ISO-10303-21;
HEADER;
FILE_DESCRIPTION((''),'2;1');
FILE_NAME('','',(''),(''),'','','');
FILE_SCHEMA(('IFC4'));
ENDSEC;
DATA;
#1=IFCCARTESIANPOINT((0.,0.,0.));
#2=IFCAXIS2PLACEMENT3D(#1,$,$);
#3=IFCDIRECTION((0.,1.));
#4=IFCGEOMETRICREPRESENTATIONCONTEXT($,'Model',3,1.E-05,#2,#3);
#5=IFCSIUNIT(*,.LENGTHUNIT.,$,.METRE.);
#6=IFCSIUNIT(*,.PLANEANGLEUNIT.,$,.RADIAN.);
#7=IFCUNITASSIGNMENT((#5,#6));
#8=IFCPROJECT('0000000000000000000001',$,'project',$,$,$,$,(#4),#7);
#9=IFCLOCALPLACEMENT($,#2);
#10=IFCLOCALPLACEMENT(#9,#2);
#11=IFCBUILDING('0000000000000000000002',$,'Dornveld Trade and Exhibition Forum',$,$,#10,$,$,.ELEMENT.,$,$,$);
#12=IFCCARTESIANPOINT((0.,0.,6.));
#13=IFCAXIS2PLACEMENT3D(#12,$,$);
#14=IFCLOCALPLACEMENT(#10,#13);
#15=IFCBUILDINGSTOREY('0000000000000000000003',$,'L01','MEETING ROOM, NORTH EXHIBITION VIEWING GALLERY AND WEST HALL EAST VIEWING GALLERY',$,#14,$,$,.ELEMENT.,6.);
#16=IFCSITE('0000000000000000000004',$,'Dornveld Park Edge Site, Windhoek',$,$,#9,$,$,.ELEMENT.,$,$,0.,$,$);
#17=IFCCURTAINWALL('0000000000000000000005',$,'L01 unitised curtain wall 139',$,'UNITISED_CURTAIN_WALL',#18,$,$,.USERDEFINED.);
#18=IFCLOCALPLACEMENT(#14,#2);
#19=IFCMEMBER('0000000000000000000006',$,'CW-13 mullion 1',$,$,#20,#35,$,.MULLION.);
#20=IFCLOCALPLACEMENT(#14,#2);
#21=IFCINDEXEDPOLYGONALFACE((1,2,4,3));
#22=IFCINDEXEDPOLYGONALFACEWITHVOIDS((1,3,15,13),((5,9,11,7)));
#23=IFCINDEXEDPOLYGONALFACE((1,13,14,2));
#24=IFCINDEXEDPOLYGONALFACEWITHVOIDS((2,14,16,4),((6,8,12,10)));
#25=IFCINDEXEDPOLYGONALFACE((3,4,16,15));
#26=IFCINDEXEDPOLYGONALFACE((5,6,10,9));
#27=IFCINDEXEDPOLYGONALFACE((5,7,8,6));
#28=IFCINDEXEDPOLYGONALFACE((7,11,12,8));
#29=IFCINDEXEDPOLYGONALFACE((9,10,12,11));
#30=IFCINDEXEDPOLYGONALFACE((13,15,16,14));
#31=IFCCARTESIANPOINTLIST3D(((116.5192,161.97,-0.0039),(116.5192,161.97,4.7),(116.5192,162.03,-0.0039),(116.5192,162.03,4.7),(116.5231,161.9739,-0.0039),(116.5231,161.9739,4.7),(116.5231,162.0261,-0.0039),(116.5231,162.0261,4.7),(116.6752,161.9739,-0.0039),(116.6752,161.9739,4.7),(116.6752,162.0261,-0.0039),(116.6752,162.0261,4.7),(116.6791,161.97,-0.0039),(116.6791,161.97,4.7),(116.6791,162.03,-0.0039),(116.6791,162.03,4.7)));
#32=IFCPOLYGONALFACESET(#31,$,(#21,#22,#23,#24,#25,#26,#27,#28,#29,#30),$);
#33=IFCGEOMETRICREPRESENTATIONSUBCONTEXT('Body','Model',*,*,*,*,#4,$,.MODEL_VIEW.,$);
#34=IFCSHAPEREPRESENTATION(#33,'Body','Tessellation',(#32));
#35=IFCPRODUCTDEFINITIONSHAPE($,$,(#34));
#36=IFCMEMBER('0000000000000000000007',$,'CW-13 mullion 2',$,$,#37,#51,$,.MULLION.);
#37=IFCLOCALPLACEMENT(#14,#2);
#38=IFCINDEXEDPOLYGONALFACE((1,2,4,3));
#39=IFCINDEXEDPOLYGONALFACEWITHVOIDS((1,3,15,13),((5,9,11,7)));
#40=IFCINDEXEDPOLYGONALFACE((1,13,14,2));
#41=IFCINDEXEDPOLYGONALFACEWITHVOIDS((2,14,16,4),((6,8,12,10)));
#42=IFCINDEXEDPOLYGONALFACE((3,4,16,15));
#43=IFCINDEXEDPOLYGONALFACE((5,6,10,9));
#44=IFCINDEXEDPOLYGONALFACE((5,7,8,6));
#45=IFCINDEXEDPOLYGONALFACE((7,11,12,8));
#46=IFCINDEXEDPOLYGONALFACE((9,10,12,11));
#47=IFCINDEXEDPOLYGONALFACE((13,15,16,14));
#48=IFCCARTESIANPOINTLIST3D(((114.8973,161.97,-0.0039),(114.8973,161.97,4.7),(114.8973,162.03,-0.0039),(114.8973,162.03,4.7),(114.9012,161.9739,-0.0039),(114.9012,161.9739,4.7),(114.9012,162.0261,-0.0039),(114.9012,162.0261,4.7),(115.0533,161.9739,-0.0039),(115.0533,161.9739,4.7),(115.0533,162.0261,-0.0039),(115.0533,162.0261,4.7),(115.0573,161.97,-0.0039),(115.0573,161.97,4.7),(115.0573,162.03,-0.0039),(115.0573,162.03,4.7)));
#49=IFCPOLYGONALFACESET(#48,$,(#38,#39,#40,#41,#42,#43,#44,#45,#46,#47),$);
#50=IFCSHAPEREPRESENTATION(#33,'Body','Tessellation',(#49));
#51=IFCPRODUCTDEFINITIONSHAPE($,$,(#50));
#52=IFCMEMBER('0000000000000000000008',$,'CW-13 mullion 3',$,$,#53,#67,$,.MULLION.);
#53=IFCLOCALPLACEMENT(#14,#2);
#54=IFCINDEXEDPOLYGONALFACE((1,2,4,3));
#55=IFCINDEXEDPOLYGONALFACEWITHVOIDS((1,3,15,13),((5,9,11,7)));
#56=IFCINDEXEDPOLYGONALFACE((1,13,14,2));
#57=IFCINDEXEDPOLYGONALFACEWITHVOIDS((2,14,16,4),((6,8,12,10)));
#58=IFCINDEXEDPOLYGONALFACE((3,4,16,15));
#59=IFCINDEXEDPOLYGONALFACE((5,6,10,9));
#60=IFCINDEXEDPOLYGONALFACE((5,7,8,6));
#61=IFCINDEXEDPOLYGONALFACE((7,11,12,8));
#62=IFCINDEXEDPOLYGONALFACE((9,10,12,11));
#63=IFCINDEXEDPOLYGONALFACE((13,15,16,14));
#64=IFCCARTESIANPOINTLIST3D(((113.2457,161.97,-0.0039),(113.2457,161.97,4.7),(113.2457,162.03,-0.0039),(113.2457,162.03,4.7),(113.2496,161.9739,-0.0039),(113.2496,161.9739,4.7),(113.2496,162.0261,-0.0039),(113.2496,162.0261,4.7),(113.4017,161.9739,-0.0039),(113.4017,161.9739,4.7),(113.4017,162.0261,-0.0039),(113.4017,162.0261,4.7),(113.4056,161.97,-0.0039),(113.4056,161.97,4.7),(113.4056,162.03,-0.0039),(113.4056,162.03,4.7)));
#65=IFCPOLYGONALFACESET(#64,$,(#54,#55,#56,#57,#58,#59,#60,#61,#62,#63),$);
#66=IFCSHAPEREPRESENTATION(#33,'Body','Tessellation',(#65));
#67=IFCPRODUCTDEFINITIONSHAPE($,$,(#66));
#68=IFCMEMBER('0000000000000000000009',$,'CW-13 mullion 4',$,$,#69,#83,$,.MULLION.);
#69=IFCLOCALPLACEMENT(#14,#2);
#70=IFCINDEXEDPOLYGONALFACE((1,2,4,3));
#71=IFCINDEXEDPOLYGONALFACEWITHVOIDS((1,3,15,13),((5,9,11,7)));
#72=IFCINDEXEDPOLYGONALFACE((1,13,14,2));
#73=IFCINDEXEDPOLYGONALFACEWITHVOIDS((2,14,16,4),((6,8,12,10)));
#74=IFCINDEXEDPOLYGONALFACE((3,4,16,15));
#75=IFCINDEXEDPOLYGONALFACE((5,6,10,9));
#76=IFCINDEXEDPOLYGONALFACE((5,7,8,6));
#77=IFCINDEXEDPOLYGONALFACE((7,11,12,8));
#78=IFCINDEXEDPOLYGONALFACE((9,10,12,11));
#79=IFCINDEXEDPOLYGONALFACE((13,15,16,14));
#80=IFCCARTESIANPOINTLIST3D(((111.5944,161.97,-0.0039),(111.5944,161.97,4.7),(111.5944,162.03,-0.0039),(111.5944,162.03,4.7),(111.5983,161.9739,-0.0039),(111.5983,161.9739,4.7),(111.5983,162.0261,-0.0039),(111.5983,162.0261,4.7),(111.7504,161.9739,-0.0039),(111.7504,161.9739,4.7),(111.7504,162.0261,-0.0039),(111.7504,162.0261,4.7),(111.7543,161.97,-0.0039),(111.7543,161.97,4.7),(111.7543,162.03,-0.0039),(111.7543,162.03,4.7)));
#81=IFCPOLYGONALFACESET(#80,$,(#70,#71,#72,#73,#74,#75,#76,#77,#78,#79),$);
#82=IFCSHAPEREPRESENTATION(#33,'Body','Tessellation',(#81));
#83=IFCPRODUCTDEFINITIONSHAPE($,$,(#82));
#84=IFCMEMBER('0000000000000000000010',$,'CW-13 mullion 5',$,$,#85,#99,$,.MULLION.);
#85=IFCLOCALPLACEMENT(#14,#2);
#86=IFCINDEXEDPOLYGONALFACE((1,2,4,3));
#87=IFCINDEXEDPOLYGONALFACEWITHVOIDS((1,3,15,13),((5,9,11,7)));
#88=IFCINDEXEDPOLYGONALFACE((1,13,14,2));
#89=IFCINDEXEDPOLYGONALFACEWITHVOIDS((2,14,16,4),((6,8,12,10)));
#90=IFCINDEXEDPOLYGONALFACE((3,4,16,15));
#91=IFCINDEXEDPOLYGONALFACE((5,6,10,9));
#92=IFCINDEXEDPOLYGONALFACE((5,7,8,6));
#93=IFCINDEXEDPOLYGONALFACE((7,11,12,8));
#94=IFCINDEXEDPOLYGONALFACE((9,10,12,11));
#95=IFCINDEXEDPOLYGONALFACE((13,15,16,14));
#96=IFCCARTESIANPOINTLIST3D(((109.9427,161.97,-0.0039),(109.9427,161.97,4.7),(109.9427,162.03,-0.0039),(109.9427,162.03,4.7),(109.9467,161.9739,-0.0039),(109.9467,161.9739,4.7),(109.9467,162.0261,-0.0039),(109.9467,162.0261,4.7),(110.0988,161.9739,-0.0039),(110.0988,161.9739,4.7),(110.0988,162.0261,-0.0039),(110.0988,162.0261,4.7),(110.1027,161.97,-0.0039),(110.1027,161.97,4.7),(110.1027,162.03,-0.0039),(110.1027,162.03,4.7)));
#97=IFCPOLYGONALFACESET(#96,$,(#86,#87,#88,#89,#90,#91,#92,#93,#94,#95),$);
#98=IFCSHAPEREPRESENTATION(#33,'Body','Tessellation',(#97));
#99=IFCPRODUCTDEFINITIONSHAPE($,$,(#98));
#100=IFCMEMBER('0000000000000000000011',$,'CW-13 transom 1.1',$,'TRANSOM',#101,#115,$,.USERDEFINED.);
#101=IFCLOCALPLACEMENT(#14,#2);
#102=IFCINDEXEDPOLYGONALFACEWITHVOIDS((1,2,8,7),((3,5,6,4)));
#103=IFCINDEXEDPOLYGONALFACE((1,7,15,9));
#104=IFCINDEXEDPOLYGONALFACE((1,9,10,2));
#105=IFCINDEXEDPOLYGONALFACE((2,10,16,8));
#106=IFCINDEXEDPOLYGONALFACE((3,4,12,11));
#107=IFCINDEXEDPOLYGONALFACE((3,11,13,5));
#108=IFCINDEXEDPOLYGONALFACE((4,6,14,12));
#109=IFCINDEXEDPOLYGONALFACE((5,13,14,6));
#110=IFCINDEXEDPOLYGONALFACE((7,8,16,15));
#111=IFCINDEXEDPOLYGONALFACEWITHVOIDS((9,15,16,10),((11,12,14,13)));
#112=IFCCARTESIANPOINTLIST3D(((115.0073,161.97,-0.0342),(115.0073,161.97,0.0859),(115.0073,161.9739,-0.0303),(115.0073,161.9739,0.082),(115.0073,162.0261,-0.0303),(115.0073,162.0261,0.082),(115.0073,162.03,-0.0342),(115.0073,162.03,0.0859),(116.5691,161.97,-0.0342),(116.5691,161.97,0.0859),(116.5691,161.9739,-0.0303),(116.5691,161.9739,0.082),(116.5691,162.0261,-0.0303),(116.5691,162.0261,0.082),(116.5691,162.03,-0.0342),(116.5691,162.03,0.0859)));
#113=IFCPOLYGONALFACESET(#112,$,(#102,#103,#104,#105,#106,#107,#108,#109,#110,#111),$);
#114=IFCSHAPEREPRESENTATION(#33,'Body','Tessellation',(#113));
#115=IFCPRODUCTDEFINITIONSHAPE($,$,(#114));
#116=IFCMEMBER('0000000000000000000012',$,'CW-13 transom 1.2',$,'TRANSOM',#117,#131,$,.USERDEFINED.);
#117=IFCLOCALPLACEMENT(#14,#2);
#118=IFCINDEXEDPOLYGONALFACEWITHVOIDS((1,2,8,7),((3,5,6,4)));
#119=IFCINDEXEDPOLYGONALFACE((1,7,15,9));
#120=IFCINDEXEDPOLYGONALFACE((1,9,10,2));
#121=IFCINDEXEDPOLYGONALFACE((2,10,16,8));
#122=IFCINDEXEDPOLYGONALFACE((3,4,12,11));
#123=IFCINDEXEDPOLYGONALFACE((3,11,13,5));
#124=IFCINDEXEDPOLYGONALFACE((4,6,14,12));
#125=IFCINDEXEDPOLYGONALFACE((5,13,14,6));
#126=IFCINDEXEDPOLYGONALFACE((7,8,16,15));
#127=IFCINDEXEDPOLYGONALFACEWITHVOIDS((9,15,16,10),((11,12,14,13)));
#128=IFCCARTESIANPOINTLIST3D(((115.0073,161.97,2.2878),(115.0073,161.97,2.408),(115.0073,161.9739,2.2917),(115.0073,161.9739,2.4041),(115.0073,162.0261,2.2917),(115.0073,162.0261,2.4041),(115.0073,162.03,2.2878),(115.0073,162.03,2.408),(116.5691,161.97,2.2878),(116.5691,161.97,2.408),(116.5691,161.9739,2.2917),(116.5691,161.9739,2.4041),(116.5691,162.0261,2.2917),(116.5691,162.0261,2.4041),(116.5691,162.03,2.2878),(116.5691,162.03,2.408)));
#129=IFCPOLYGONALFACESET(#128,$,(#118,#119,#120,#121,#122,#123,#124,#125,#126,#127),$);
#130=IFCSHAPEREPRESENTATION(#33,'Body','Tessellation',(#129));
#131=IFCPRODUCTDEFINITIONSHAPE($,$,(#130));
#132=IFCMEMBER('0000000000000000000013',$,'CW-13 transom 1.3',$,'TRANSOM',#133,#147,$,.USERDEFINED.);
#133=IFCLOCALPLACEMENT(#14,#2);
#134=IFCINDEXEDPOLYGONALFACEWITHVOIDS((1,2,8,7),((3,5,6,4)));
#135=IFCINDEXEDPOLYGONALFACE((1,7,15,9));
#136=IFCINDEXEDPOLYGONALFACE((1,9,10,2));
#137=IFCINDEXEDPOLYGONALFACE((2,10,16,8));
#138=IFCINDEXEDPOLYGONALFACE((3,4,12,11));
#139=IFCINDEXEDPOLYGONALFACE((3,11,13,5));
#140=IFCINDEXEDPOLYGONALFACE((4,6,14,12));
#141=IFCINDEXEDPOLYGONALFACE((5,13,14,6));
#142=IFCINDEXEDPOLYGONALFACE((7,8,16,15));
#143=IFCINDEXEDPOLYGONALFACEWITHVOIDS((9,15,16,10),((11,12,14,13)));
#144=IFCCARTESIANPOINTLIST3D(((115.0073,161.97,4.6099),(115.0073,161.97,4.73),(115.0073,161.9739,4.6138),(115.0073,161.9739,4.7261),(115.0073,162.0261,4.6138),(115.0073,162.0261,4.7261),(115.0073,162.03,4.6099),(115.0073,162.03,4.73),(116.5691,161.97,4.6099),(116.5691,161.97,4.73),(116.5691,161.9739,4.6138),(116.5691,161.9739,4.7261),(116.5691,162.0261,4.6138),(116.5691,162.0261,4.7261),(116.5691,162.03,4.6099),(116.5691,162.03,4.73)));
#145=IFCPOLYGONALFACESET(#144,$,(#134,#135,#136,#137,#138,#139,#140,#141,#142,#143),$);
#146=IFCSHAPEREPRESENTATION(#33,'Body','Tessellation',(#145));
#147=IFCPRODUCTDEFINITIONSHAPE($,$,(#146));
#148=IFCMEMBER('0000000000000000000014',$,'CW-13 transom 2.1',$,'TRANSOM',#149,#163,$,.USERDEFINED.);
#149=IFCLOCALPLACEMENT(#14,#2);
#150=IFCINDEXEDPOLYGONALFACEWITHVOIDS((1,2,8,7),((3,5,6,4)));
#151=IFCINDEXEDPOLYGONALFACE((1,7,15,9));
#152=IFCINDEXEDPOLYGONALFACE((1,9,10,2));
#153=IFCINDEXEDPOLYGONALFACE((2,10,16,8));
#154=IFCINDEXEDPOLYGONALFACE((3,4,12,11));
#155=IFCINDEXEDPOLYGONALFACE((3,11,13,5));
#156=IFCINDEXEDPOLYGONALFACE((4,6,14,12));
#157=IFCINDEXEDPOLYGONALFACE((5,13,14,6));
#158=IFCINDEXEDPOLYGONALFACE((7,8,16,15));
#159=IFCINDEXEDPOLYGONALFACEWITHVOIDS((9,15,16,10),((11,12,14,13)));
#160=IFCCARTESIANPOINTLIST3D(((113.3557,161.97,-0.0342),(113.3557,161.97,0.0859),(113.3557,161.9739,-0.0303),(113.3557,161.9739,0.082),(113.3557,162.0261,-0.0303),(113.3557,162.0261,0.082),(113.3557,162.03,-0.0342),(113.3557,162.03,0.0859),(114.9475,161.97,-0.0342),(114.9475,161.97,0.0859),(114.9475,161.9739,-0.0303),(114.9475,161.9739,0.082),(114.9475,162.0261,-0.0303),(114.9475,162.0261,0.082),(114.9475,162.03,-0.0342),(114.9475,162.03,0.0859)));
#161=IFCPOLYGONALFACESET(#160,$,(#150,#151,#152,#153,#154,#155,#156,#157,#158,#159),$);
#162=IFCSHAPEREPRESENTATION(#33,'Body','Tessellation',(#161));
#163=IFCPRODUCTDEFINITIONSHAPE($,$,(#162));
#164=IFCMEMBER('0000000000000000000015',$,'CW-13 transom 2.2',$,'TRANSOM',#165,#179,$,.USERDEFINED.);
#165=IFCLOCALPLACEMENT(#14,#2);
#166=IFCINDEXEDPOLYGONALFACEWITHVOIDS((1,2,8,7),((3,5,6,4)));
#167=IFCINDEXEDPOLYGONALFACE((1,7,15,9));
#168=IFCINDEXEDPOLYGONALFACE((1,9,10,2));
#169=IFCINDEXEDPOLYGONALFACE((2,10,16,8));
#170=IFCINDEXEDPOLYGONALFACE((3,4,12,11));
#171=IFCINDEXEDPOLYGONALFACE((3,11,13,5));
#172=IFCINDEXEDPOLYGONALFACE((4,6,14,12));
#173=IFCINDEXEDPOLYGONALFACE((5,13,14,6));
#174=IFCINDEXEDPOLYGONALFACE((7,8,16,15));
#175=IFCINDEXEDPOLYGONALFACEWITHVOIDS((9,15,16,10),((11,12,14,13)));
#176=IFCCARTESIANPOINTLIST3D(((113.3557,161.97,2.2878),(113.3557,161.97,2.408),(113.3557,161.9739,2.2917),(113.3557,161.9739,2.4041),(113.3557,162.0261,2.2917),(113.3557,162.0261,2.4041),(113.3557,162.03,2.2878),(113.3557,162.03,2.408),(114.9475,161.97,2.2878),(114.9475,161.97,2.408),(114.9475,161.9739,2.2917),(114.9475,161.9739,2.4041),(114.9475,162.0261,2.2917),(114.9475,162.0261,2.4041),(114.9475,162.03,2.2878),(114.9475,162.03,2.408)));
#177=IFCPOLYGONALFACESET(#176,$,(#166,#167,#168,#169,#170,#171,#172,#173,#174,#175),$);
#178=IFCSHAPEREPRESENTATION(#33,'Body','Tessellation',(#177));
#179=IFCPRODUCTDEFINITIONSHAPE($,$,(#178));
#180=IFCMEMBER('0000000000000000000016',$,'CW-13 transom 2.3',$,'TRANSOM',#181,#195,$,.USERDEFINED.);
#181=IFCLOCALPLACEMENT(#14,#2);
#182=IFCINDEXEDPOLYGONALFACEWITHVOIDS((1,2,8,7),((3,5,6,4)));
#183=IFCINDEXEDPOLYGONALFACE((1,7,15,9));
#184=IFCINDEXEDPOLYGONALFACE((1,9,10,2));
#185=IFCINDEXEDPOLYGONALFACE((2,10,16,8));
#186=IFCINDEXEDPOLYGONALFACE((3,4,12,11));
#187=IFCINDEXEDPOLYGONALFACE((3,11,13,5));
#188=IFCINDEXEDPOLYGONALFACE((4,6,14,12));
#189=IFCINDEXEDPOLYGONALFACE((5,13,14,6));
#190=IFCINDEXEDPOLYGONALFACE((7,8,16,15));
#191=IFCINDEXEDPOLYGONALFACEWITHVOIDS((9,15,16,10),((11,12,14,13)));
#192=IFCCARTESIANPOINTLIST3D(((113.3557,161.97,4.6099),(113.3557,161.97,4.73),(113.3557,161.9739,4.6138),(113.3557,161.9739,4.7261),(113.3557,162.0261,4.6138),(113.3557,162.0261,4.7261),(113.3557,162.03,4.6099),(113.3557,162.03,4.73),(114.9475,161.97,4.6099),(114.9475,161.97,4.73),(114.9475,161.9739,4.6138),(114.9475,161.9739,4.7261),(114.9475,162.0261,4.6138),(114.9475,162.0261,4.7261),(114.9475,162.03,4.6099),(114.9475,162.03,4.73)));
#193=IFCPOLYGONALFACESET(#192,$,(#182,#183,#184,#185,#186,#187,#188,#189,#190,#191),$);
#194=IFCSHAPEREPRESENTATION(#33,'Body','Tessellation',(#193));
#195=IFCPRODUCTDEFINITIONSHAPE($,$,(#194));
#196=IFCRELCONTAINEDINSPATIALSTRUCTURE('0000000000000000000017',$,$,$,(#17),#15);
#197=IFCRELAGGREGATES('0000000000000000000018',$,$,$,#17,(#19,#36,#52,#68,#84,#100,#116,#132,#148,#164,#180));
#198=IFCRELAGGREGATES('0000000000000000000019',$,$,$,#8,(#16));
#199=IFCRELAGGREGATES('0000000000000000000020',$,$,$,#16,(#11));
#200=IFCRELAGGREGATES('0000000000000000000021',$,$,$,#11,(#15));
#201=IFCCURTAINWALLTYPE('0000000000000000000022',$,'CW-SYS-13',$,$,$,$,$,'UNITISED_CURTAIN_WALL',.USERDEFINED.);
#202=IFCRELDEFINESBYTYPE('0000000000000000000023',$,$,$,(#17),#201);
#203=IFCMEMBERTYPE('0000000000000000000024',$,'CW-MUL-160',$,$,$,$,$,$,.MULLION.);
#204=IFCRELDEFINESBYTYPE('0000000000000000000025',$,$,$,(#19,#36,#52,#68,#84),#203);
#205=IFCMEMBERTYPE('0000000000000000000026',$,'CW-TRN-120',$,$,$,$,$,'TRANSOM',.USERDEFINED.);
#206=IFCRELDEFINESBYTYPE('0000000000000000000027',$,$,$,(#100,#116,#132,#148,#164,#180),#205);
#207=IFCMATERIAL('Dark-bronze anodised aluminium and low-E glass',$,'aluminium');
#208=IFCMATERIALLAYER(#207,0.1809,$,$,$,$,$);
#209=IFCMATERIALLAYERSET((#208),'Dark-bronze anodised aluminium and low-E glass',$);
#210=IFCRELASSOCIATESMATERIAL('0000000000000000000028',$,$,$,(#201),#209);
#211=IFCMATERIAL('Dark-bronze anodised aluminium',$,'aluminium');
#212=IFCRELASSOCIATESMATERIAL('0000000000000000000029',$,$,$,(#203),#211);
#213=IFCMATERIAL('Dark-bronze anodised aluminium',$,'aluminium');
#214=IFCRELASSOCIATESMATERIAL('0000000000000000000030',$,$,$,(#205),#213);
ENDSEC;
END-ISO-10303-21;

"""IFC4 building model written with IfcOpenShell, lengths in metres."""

from ifc_helpers import new_model, si_unit, direction, frame, origin, origin_2d, place, context, subcontext, project, spatial, hollow_rectangle, extrude, material, layer, layer_set, material_profile, profile_set, type_object, element, aggregate, save


model = new_model("IFC4")

# Units and contexts
model_context = context("Model", 3, precision=1e-05, world=origin(), true_north=direction((0.0, 1.0)))
body_context = subcontext(model_context, "Body", "Model", "MODEL_VIEW")
ifc_project = project(units=[si_unit("LENGTHUNIT", "METRE"), si_unit("PLANEANGLEUNIT", "RADIAN")], contexts=[model_context])

# Site, building, storey
site_placement = place(None, origin())
site = spatial("IfcSite", under=ifc_project, at=site_placement, Name="Dornveld Park Edge Site, Windhoek", CompositionType="ELEMENT", RefElevation=0.0)
building_placement = place(site_placement, origin())
building = spatial("IfcBuilding", under=site, at=building_placement, Name="Dornveld Trade and Exhibition Forum", CompositionType="ELEMENT")
storey_placement = place(building_placement, frame((0.0, 0.0, 6.0)))
storey = spatial("IfcBuildingStorey", under=building, at=storey_placement, Name="L01", Description="MEETING ROOM, NORTH EXHIBITION VIEWING GALLERY AND WEST HALL EAST VIEWING GALLERY", CompositionType="ELEMENT", Elevation=6.0)

# Curtain wall, members
ifc_material_1 = material(Name="Dark-bronze anodised aluminium and low-E glass", Category="aluminium")
ifc_layer_1 = layer(ifc_material_1, 0.1809)
ifc_layer_set_1 = layer_set([ifc_layer_1], Name="Dark-bronze anodised aluminium and low-E glass")
curtain_wall_type = type_object("IfcCurtainWallType", Name="CW-SYS-13", ElementType="UNITISED_CURTAIN_WALL", PredefinedType="USERDEFINED", material=ifc_layer_set_1)
curtain_wall_placement = place(storey_placement, origin())
curtain_wall = element("IfcCurtainWall", 1, at=curtain_wall_placement, inside=storey, type_object=curtain_wall_type, Name="L01 unitised curtain wall 139", ObjectType="UNITISED_CURTAIN_WALL", PredefinedType="USERDEFINED")
ifc_material_2 = material(Name="Dark-bronze anodised aluminium", Category="aluminium")
ifc_material_profile_1 = material_profile(ifc_material_2, hollow_rectangle(XDim=0.0601, YDim=0.1599, WallThickness=0.0039, at=origin_2d()), Name="RHS 160x60x4")
ifc_profile_set_1 = profile_set([ifc_material_profile_1], Name="Dark-bronze anodised aluminium")
member_type_1 = type_object("IfcMemberType", Name="CW-MUL-160", PredefinedType="MULLION", material=ifc_profile_set_1)
member_1_placement = place(storey_placement, frame((116.5991, 162.0, -0.0039), z_axis=(0.0, 0.0, 1.0), x_axis=(0.0, -1.0, 0.0)))
member_1 = element("IfcMember", 2, at=member_1_placement, type_object=member_type_1, Name="CW-13 mullion 1", PredefinedType="MULLION", context=body_context, shape_type="SweptSolid", body=[
    extrude(hollow_rectangle(XDim=0.0601, YDim=0.1599, WallThickness=0.0039, at=origin_2d()), origin(), (0.0, 0.0, 1.0), 4.7039),
])
member_2_placement = place(storey_placement, frame((114.9773, 162.0, -0.0039), z_axis=(0.0, 0.0, 1.0), x_axis=(0.0, -1.0, 0.0)))
member_2 = element("IfcMember", 3, at=member_2_placement, type_object=member_type_1, Name="CW-13 mullion 2", PredefinedType="MULLION", context=body_context, shape_type="SweptSolid", body=[
    extrude(hollow_rectangle(XDim=0.0601, YDim=0.1599, WallThickness=0.0039, at=origin_2d()), origin(), (0.0, 0.0, 1.0), 4.7039),
])
member_3_placement = place(storey_placement, frame((113.3257, 162.0, -0.0039), z_axis=(0.0, 0.0, 1.0), x_axis=(0.0, -1.0, 0.0)))
member_3 = element("IfcMember", 4, at=member_3_placement, type_object=member_type_1, Name="CW-13 mullion 3", PredefinedType="MULLION", context=body_context, shape_type="SweptSolid", body=[
    extrude(hollow_rectangle(XDim=0.0601, YDim=0.1599, WallThickness=0.0039, at=origin_2d()), origin(), (0.0, 0.0, 1.0), 4.7039),
])
member_4_placement = place(storey_placement, frame((111.6743, 162.0, -0.0039), z_axis=(0.0, 0.0, 1.0), x_axis=(0.0, -1.0, 0.0)))
member_4 = element("IfcMember", 5, at=member_4_placement, type_object=member_type_1, Name="CW-13 mullion 4", PredefinedType="MULLION", context=body_context, shape_type="SweptSolid", body=[
    extrude(hollow_rectangle(XDim=0.0601, YDim=0.1599, WallThickness=0.0039, at=origin_2d()), origin(), (0.0, 0.0, 1.0), 4.7039),
])
member_5_placement = place(storey_placement, frame((110.0227, 162.0, -0.0039), z_axis=(0.0, 0.0, 1.0), x_axis=(0.0, -1.0, 0.0)))
member_5 = element("IfcMember", 6, at=member_5_placement, type_object=member_type_1, Name="CW-13 mullion 5", PredefinedType="MULLION", context=body_context, shape_type="SweptSolid", body=[
    extrude(hollow_rectangle(XDim=0.0601, YDim=0.1599, WallThickness=0.0039, at=origin_2d()), origin(), (0.0, 0.0, 1.0), 4.7039),
])
ifc_material_3 = material(Name="Dark-bronze anodised aluminium", Category="aluminium")
ifc_material_profile_2 = material_profile(ifc_material_3, hollow_rectangle(XDim=0.0601, YDim=0.1201, WallThickness=0.0039, at=origin_2d()), Name="RHS 120x60x4")
ifc_profile_set_2 = profile_set([ifc_material_profile_2], Name="Dark-bronze anodised aluminium")
member_type_2 = type_object("IfcMemberType", Name="CW-TRN-120", ElementType="TRANSOM", PredefinedType="USERDEFINED", material=ifc_profile_set_2)
member_6_placement = place(storey_placement, frame((116.5691, 162.0, 0.0259), z_axis=(-1.0, 0.0, 0.0), x_axis=(0.0, -1.0, 0.0)))
member_6 = element("IfcMember", 7, at=member_6_placement, type_object=member_type_2, Name="CW-13 transom 1.1", ObjectType="TRANSOM", PredefinedType="USERDEFINED", context=body_context, shape_type="SweptSolid", body=[
    extrude(hollow_rectangle(XDim=0.0601, YDim=0.1201, WallThickness=0.0039, at=origin_2d()), origin(), (0.0, 0.0, 1.0), 1.5618),
])
member_7_placement = place(storey_placement, frame((116.5691, 162.0, 2.3479), z_axis=(-1.0, 0.0, 0.0), x_axis=(0.0, -1.0, 0.0)))
member_7 = element("IfcMember", 8, at=member_7_placement, type_object=member_type_2, Name="CW-13 transom 1.2", ObjectType="TRANSOM", PredefinedType="USERDEFINED", context=body_context, shape_type="SweptSolid", body=[
    extrude(hollow_rectangle(XDim=0.0601, YDim=0.1201, WallThickness=0.0039, at=origin_2d()), origin(), (0.0, 0.0, 1.0), 1.5618),
])
member_8_placement = place(storey_placement, frame((116.5691, 162.0, 4.6699), z_axis=(-1.0, 0.0, 0.0), x_axis=(0.0, -1.0, 0.0)))
member_8 = element("IfcMember", 9, at=member_8_placement, type_object=member_type_2, Name="CW-13 transom 1.3", ObjectType="TRANSOM", PredefinedType="USERDEFINED", context=body_context, shape_type="SweptSolid", body=[
    extrude(hollow_rectangle(XDim=0.0601, YDim=0.1201, WallThickness=0.0039, at=origin_2d()), origin(), (0.0, 0.0, 1.0), 1.5618),
])
member_9_placement = place(storey_placement, frame((114.9475, 162.0, 0.0259), z_axis=(-1.0, 0.0, 0.0), x_axis=(0.0, -1.0, 0.0)))
member_9 = element("IfcMember", 10, at=member_9_placement, type_object=member_type_2, Name="CW-13 transom 2.1", ObjectType="TRANSOM", PredefinedType="USERDEFINED", context=body_context, shape_type="SweptSolid", body=[
    extrude(hollow_rectangle(XDim=0.0601, YDim=0.1201, WallThickness=0.0039, at=origin_2d()), origin(), (0.0, 0.0, 1.0), 1.5918),
])
member_10_placement = place(storey_placement, frame((114.9475, 162.0, 2.3479), z_axis=(-1.0, 0.0, 0.0), x_axis=(0.0, -1.0, 0.0)))
member_10 = element("IfcMember", 11, at=member_10_placement, type_object=member_type_2, Name="CW-13 transom 2.2", ObjectType="TRANSOM", PredefinedType="USERDEFINED", context=body_context, shape_type="SweptSolid", body=[
    extrude(hollow_rectangle(XDim=0.0601, YDim=0.1201, WallThickness=0.0039, at=origin_2d()), origin(), (0.0, 0.0, 1.0), 1.5918),
])
member_11_placement = place(storey_placement, frame((114.9475, 162.0, 4.6699), z_axis=(-1.0, 0.0, 0.0), x_axis=(0.0, -1.0, 0.0)))
member_11 = element("IfcMember", 12, at=member_11_placement, type_object=member_type_2, Name="CW-13 transom 2.3", ObjectType="TRANSOM", PredefinedType="USERDEFINED", context=body_context, shape_type="SweptSolid", body=[
    extrude(hollow_rectangle(XDim=0.0601, YDim=0.1201, WallThickness=0.0039, at=origin_2d()), origin(), (0.0, 0.0, 1.0), 1.5918),
])

aggregate(curtain_wall, [member_1, member_2, member_3, member_4, member_5, member_6, member_7, member_8, member_9, member_10, member_11])

save(model, "model.ifc")
